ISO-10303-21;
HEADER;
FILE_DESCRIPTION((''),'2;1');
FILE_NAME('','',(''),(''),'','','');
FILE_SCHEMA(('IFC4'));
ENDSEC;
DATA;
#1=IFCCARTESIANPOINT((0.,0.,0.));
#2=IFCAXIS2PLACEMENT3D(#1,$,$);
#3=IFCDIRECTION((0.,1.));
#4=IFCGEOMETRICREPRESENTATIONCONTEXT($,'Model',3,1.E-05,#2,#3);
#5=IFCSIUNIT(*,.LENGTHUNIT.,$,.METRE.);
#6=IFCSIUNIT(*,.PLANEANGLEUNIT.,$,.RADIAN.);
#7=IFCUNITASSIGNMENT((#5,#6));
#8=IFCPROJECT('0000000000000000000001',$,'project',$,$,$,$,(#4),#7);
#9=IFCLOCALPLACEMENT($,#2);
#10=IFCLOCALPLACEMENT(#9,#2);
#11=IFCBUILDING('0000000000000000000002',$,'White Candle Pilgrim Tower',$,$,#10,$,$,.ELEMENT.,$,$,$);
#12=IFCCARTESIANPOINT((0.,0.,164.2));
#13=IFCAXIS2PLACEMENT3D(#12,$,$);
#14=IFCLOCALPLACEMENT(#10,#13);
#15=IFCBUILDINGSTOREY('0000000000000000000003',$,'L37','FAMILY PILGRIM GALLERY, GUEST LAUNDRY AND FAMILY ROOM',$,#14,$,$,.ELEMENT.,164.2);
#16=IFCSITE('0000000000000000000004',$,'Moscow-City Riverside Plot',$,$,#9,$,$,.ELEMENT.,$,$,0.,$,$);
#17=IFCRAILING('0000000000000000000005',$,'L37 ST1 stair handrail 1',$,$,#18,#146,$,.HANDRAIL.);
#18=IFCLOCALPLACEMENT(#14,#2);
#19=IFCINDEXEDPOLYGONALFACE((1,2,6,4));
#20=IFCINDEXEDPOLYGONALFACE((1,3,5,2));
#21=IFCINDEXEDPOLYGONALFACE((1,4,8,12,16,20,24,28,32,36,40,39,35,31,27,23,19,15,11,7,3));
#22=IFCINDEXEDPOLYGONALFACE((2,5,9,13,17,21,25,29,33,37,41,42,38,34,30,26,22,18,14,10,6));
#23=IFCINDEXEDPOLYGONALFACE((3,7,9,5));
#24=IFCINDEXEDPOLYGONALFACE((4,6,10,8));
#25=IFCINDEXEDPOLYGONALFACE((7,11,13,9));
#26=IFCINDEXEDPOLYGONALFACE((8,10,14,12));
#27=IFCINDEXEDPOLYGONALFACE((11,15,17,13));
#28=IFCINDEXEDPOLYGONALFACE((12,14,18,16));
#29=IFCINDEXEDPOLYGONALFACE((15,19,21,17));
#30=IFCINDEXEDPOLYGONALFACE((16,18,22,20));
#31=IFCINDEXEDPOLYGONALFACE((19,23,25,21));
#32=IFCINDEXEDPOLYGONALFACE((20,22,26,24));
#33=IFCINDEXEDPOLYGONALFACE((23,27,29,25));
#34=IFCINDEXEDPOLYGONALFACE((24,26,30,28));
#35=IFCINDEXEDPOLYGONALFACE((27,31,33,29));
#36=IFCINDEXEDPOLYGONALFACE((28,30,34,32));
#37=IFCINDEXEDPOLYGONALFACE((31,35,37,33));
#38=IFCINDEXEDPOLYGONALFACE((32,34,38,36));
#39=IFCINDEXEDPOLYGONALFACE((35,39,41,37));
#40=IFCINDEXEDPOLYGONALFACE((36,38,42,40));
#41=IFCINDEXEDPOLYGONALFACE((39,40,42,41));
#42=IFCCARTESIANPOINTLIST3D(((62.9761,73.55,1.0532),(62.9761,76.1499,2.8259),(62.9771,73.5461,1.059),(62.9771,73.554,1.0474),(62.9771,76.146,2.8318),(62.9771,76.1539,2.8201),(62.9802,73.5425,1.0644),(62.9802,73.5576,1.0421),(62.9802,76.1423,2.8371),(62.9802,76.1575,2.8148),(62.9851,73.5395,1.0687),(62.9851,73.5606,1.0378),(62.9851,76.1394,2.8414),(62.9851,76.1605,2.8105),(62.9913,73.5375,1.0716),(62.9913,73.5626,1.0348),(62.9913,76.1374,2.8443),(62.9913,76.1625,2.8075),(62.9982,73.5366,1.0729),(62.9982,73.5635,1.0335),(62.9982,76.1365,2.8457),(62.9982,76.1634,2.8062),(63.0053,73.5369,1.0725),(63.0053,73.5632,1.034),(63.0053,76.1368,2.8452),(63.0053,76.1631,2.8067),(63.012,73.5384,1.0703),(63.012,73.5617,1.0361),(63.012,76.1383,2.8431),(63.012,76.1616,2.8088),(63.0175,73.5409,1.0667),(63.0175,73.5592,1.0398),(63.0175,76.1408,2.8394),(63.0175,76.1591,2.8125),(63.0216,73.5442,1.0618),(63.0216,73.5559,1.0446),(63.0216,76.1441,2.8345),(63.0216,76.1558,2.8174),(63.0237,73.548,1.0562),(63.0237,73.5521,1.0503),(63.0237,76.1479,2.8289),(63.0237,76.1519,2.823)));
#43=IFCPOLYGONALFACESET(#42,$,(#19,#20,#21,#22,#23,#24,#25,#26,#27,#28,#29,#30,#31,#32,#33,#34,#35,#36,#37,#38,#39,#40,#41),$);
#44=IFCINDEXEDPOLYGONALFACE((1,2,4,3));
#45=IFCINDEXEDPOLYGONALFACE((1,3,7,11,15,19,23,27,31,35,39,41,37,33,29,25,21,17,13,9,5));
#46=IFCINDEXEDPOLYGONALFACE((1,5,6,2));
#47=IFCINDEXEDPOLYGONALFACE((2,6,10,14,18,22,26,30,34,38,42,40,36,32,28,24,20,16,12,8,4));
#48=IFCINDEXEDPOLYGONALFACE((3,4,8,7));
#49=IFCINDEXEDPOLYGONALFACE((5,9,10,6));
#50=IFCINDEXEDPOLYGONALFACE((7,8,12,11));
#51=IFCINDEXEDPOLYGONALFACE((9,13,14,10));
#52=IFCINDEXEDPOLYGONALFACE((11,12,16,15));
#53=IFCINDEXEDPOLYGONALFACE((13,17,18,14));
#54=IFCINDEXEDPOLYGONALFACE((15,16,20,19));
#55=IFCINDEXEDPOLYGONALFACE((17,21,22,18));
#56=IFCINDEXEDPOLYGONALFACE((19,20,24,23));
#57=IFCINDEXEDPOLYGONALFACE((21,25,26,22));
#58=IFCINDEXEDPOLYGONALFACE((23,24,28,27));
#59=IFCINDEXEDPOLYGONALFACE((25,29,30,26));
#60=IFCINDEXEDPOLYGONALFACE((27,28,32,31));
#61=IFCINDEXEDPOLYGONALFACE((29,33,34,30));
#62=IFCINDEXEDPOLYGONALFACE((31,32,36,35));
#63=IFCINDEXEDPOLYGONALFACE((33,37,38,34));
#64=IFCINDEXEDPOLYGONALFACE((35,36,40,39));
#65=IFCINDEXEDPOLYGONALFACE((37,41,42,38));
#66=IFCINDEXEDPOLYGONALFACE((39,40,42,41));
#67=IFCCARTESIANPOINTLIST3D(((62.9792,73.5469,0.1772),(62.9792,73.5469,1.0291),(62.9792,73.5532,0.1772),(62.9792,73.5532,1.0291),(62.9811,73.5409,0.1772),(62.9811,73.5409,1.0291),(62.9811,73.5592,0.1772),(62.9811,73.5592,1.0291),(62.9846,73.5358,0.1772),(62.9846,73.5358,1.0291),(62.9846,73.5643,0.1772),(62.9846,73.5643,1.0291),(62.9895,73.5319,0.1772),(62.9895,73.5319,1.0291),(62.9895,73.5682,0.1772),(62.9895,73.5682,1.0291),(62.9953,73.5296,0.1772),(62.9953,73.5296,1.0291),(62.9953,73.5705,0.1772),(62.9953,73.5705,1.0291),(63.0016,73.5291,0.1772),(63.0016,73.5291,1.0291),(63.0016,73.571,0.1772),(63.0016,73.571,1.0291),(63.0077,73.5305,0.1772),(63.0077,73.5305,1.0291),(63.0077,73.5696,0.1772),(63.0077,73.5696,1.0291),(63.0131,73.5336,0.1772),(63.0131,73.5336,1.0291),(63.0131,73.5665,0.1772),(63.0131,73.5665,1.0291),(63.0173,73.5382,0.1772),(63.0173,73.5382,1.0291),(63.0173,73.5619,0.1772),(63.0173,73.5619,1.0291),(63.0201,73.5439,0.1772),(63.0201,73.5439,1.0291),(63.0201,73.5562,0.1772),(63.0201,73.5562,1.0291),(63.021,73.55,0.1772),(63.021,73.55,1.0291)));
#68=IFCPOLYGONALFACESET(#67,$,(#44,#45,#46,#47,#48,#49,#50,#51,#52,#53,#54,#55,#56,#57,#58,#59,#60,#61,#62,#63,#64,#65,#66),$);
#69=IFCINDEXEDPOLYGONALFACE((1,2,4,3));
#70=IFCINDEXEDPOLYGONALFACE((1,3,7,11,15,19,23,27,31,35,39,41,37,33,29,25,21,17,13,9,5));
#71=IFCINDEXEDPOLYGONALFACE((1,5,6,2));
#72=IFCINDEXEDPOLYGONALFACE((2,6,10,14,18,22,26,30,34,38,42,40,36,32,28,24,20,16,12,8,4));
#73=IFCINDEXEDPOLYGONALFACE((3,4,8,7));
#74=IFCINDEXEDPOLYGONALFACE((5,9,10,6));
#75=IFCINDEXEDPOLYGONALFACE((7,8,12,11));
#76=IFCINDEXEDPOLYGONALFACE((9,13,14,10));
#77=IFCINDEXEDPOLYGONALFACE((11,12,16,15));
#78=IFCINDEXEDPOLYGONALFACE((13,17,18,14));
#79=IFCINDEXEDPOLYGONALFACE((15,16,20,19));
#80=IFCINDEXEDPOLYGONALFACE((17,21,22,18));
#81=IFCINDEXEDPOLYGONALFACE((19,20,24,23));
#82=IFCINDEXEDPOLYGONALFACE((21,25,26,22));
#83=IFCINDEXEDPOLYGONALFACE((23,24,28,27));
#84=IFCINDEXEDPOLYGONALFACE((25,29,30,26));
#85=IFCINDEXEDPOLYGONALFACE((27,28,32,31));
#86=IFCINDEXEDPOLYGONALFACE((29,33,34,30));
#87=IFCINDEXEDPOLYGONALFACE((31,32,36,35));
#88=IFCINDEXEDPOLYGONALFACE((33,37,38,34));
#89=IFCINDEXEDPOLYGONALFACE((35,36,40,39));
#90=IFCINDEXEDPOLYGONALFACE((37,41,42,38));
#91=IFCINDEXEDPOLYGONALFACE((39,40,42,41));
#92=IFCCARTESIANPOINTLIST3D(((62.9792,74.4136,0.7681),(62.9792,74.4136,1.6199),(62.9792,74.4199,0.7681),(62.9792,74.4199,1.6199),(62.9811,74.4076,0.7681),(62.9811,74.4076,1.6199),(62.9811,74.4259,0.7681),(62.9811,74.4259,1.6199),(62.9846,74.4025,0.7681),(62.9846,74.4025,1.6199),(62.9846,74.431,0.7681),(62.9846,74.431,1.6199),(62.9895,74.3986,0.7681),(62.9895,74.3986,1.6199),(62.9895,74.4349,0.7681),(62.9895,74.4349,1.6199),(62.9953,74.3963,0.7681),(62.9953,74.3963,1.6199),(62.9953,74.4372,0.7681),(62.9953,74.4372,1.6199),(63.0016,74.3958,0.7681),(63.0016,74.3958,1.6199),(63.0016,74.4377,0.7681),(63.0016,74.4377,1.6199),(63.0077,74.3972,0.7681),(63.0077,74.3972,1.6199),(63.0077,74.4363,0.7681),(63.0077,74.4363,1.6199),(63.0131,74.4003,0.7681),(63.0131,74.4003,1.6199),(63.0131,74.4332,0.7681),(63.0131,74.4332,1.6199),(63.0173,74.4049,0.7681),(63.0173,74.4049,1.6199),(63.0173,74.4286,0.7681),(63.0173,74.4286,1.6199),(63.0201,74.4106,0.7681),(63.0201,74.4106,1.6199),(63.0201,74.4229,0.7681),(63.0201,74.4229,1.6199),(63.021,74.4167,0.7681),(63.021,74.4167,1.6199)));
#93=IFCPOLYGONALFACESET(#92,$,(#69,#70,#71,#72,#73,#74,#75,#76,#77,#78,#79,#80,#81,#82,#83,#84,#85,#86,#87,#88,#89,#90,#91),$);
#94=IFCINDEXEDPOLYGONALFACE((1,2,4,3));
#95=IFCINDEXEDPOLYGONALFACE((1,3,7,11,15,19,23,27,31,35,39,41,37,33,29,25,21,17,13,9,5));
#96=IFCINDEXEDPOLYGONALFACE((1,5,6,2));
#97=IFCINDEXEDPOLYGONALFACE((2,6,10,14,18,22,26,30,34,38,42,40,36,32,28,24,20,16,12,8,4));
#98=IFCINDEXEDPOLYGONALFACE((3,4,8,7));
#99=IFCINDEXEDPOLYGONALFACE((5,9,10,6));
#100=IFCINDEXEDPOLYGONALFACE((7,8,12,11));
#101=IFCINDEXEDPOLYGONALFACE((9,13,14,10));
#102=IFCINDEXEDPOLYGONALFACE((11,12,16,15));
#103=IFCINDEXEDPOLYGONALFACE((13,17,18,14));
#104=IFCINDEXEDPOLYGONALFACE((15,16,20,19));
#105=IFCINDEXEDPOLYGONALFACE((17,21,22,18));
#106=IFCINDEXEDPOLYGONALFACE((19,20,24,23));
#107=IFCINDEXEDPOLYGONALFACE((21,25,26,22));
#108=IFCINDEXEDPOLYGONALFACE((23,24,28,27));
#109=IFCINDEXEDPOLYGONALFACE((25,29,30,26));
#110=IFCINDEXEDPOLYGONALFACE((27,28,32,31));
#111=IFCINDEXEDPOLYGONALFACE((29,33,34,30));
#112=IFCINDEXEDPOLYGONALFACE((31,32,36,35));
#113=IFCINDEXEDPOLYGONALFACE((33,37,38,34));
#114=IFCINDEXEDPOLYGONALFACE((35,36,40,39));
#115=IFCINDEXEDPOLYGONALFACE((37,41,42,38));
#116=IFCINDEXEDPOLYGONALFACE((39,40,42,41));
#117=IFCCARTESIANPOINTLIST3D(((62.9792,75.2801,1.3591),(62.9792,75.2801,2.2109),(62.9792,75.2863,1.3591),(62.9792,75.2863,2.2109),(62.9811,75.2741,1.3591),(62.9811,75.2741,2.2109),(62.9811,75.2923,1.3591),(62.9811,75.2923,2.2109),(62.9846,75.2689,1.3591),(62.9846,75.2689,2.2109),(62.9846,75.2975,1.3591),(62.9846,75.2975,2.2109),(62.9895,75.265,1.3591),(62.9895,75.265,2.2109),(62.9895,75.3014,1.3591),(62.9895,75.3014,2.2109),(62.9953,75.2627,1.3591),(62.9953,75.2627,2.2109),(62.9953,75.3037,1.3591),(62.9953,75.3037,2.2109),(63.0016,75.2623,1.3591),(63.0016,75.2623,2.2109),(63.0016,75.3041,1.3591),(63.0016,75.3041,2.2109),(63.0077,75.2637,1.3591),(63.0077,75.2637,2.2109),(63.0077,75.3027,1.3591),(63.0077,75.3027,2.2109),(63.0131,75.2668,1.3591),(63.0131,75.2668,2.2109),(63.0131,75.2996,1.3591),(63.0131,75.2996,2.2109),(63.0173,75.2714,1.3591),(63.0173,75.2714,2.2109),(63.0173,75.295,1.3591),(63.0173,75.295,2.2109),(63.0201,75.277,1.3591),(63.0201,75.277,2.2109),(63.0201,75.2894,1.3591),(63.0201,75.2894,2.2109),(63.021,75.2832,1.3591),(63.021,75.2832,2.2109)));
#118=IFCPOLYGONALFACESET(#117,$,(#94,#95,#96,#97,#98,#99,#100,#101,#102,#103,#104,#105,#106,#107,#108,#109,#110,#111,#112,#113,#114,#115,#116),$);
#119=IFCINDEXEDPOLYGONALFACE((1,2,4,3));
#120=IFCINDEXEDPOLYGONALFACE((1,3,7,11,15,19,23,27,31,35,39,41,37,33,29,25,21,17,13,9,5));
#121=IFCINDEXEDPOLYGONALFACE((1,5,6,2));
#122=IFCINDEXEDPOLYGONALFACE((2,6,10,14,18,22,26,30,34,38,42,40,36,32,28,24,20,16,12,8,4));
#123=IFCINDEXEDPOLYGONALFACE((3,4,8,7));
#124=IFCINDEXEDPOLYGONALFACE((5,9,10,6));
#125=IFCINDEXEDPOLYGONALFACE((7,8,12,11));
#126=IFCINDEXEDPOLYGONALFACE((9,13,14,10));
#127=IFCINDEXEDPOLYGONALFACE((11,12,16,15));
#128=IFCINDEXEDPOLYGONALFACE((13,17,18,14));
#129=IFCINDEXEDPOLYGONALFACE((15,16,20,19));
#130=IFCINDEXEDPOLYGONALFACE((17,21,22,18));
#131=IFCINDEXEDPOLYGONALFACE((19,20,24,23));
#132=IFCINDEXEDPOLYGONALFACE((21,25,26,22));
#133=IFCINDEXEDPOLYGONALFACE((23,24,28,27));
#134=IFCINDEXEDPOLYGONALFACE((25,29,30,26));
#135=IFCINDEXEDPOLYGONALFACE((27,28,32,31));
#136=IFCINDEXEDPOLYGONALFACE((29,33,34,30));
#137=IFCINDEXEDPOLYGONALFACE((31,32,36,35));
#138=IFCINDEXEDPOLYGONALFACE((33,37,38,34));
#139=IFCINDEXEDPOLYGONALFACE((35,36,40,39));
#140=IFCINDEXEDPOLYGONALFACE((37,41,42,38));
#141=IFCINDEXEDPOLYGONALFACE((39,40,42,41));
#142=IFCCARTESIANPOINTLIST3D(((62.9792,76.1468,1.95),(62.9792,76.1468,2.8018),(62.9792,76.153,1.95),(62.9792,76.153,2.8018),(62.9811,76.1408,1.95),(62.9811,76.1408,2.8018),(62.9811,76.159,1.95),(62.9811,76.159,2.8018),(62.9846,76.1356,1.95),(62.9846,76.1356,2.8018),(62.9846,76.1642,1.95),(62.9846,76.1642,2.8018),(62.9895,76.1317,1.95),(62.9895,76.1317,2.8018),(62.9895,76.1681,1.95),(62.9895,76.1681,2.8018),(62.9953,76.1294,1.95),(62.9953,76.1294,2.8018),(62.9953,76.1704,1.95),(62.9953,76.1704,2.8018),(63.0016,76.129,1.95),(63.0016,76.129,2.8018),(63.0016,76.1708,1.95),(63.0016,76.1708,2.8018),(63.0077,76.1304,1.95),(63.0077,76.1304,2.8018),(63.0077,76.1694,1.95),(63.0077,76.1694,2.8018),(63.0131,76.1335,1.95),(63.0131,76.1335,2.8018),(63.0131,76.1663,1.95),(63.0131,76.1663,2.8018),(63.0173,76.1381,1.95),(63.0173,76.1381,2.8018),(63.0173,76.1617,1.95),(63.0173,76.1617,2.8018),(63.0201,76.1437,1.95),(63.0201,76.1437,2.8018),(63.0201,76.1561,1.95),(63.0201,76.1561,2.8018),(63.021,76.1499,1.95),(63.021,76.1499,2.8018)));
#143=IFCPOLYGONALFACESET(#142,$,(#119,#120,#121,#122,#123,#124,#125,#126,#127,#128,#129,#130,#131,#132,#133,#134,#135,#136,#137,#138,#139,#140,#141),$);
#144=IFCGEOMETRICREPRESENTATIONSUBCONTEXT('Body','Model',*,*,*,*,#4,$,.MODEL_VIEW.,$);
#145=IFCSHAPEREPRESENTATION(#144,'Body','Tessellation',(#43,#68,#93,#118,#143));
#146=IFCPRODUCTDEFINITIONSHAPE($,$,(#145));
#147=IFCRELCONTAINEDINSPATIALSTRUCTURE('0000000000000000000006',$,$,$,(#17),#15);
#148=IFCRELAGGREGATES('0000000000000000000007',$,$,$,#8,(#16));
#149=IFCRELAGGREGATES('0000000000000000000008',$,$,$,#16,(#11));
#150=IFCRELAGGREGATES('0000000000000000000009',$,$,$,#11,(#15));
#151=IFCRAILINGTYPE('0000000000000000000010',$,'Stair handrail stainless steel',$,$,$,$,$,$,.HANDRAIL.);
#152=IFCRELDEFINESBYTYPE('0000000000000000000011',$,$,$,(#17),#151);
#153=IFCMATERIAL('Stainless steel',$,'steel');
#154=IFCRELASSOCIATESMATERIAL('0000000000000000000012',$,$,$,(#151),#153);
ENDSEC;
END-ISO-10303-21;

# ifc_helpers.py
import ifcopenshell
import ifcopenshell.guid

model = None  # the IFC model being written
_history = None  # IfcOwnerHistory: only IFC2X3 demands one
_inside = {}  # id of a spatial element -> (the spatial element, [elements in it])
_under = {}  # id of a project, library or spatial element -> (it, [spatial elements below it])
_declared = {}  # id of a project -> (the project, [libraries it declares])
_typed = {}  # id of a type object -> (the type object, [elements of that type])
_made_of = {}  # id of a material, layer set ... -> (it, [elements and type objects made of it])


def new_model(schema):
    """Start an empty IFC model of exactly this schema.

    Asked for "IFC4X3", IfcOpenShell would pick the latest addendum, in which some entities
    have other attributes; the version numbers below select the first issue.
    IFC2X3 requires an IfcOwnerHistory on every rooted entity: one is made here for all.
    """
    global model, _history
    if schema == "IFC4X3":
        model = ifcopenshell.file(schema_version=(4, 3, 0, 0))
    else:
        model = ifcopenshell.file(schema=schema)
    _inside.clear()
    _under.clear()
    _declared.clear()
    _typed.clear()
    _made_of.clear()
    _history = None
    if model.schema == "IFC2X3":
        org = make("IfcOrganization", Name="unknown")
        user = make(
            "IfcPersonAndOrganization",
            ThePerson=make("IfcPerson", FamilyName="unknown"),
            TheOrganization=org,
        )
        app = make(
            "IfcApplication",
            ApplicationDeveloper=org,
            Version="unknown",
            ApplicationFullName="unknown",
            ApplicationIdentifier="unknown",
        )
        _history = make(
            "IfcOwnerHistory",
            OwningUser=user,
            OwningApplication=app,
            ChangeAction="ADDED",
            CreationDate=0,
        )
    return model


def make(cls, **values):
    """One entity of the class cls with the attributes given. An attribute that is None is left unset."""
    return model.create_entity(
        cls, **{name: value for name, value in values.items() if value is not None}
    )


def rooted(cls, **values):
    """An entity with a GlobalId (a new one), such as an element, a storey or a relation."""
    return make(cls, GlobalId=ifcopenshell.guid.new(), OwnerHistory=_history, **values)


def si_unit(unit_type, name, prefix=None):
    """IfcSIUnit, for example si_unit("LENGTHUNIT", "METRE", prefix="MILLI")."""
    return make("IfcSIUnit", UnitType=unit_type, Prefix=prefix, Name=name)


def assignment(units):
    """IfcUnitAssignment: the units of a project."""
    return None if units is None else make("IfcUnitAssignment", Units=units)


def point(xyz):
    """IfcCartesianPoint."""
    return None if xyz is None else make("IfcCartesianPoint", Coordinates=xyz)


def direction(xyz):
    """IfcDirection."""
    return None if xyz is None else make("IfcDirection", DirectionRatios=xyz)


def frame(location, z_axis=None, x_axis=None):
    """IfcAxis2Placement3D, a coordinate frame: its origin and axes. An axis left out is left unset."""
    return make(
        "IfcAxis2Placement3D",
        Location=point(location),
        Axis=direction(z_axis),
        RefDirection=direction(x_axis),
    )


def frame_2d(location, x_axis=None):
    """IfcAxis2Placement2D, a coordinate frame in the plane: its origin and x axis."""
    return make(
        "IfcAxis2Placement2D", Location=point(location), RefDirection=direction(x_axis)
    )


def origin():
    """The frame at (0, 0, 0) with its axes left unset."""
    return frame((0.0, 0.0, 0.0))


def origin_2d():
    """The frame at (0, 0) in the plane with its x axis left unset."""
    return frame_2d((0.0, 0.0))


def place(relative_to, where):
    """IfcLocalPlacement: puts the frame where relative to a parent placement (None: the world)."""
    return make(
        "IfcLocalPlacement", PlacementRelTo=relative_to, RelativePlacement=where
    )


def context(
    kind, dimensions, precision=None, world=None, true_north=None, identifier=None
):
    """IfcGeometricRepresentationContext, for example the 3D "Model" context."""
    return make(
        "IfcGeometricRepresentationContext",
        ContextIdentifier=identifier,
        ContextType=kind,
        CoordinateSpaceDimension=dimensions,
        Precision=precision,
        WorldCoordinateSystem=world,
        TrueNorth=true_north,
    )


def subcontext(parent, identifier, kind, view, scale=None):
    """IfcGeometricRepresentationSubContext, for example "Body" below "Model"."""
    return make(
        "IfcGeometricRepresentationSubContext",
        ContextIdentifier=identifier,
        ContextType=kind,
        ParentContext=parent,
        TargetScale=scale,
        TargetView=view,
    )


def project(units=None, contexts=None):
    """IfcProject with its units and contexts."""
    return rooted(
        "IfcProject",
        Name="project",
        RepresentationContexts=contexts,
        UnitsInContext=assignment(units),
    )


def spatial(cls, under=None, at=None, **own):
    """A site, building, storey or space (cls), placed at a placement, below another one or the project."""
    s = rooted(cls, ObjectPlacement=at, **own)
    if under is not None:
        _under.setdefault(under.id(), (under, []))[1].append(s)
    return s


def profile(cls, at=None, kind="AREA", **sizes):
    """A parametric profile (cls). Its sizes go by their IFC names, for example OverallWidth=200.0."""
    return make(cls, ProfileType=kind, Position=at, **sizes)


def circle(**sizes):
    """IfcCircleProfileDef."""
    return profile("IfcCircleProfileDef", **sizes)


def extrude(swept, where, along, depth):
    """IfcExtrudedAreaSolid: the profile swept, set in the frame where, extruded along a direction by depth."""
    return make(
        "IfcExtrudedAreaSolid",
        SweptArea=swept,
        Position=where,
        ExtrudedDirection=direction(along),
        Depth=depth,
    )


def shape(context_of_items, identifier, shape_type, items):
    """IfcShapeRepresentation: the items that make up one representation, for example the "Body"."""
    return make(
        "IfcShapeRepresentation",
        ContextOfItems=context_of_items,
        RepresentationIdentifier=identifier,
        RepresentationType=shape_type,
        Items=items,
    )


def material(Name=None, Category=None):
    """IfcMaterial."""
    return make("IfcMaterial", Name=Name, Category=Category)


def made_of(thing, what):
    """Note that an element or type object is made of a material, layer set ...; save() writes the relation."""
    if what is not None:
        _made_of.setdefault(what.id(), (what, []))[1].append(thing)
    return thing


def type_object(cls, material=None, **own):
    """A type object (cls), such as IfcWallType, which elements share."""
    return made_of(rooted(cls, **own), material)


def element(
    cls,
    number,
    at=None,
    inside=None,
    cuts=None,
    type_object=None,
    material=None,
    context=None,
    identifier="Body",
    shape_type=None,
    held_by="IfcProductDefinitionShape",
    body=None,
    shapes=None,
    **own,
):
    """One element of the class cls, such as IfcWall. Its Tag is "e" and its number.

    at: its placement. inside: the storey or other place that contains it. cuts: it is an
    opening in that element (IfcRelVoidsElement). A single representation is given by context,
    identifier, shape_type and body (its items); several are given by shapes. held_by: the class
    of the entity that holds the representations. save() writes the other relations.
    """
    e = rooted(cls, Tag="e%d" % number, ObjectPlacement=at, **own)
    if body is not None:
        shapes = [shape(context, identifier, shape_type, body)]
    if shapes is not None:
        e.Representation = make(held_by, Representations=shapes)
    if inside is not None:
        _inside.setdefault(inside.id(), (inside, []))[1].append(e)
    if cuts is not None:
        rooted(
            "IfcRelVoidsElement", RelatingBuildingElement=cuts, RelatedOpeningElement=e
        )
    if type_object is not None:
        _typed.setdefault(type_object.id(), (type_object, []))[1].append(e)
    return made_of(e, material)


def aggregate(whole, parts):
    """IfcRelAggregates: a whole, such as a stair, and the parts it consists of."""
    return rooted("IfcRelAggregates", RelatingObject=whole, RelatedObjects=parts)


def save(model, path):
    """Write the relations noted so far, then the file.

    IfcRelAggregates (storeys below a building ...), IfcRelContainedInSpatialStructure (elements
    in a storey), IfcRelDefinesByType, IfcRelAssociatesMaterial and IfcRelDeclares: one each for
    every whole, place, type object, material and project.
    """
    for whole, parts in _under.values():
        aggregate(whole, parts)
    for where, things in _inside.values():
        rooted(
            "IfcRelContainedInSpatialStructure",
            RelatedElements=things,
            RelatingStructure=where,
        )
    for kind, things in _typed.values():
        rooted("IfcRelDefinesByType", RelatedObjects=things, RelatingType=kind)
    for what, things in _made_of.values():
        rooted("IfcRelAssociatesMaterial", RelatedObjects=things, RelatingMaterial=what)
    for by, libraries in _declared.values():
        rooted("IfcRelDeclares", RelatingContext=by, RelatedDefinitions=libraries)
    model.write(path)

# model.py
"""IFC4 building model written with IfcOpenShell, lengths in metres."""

from ifc_helpers import new_model, si_unit, direction, frame, origin, origin_2d, place, context, subcontext, project, spatial, circle, extrude, material, type_object, element, save


model = new_model("IFC4")

# Units and contexts
model_context = context("Model", 3, precision=1e-05, world=origin(), true_north=direction((0.0, 1.0)))
body_context = subcontext(model_context, "Body", "Model", "MODEL_VIEW")
ifc_project = project(units=[si_unit("LENGTHUNIT", "METRE"), si_unit("PLANEANGLEUNIT", "RADIAN")], contexts=[model_context])

# Site, building, storey
site_placement = place(None, origin())
site = spatial("IfcSite", under=ifc_project, at=site_placement, Name="Moscow-City Riverside Plot", CompositionType="ELEMENT", RefElevation=0.0)
building_placement = place(site_placement, origin())
building = spatial("IfcBuilding", under=site, at=building_placement, Name="White Candle Pilgrim Tower", CompositionType="ELEMENT")
storey_placement = place(building_placement, frame((0.0, 0.0, 164.2)))
storey = spatial("IfcBuildingStorey", under=building, at=storey_placement, Name="L37", Description="FAMILY PILGRIM GALLERY, GUEST LAUNDRY AND FAMILY ROOM", CompositionType="ELEMENT", Elevation=164.2)

# Railing
ifc_material_1 = material(Name="Stainless steel", Category="steel")
railing_type_1 = type_object("IfcRailingType", Name="Stair handrail stainless steel", PredefinedType="HANDRAIL", material=ifc_material_1)
railing_1_placement = place(storey_placement, frame((63.0, 73.55, 0.1772)))
element("IfcRailing", 1, at=railing_1_placement, inside=storey, type_object=railing_type_1, Name="L37 ST1 stair handrail 1", PredefinedType="HANDRAIL", context=body_context, shape_type="SweptSolid", body=[
    extrude(circle(Radius=0.0239, at=origin_2d()), frame((0.0, 0.0, 0.876), z_axis=(0.0, 0.826216, 0.563354), x_axis=(-1.0, 0.0, 0.0)), (0.0, 0.0, 1.0), 3.1467),
    extrude(circle(Radius=0.021, at=origin_2d()), origin(), (0.0, 0.0, 1.0), 0.8518),
    extrude(circle(Radius=0.021, at=origin_2d()), frame((0.0, 0.8667, 0.5908)), (0.0, 0.0, 1.0), 0.8518),
    extrude(circle(Radius=0.021, at=origin_2d()), frame((0.0, 1.7332, 1.1819)), (0.0, 0.0, 1.0), 0.8518),
    extrude(circle(Radius=0.021, at=origin_2d()), frame((0.0, 2.5999, 1.7727)), (0.0, 0.0, 1.0), 0.8518),
])

save(model, "model.ifc")
